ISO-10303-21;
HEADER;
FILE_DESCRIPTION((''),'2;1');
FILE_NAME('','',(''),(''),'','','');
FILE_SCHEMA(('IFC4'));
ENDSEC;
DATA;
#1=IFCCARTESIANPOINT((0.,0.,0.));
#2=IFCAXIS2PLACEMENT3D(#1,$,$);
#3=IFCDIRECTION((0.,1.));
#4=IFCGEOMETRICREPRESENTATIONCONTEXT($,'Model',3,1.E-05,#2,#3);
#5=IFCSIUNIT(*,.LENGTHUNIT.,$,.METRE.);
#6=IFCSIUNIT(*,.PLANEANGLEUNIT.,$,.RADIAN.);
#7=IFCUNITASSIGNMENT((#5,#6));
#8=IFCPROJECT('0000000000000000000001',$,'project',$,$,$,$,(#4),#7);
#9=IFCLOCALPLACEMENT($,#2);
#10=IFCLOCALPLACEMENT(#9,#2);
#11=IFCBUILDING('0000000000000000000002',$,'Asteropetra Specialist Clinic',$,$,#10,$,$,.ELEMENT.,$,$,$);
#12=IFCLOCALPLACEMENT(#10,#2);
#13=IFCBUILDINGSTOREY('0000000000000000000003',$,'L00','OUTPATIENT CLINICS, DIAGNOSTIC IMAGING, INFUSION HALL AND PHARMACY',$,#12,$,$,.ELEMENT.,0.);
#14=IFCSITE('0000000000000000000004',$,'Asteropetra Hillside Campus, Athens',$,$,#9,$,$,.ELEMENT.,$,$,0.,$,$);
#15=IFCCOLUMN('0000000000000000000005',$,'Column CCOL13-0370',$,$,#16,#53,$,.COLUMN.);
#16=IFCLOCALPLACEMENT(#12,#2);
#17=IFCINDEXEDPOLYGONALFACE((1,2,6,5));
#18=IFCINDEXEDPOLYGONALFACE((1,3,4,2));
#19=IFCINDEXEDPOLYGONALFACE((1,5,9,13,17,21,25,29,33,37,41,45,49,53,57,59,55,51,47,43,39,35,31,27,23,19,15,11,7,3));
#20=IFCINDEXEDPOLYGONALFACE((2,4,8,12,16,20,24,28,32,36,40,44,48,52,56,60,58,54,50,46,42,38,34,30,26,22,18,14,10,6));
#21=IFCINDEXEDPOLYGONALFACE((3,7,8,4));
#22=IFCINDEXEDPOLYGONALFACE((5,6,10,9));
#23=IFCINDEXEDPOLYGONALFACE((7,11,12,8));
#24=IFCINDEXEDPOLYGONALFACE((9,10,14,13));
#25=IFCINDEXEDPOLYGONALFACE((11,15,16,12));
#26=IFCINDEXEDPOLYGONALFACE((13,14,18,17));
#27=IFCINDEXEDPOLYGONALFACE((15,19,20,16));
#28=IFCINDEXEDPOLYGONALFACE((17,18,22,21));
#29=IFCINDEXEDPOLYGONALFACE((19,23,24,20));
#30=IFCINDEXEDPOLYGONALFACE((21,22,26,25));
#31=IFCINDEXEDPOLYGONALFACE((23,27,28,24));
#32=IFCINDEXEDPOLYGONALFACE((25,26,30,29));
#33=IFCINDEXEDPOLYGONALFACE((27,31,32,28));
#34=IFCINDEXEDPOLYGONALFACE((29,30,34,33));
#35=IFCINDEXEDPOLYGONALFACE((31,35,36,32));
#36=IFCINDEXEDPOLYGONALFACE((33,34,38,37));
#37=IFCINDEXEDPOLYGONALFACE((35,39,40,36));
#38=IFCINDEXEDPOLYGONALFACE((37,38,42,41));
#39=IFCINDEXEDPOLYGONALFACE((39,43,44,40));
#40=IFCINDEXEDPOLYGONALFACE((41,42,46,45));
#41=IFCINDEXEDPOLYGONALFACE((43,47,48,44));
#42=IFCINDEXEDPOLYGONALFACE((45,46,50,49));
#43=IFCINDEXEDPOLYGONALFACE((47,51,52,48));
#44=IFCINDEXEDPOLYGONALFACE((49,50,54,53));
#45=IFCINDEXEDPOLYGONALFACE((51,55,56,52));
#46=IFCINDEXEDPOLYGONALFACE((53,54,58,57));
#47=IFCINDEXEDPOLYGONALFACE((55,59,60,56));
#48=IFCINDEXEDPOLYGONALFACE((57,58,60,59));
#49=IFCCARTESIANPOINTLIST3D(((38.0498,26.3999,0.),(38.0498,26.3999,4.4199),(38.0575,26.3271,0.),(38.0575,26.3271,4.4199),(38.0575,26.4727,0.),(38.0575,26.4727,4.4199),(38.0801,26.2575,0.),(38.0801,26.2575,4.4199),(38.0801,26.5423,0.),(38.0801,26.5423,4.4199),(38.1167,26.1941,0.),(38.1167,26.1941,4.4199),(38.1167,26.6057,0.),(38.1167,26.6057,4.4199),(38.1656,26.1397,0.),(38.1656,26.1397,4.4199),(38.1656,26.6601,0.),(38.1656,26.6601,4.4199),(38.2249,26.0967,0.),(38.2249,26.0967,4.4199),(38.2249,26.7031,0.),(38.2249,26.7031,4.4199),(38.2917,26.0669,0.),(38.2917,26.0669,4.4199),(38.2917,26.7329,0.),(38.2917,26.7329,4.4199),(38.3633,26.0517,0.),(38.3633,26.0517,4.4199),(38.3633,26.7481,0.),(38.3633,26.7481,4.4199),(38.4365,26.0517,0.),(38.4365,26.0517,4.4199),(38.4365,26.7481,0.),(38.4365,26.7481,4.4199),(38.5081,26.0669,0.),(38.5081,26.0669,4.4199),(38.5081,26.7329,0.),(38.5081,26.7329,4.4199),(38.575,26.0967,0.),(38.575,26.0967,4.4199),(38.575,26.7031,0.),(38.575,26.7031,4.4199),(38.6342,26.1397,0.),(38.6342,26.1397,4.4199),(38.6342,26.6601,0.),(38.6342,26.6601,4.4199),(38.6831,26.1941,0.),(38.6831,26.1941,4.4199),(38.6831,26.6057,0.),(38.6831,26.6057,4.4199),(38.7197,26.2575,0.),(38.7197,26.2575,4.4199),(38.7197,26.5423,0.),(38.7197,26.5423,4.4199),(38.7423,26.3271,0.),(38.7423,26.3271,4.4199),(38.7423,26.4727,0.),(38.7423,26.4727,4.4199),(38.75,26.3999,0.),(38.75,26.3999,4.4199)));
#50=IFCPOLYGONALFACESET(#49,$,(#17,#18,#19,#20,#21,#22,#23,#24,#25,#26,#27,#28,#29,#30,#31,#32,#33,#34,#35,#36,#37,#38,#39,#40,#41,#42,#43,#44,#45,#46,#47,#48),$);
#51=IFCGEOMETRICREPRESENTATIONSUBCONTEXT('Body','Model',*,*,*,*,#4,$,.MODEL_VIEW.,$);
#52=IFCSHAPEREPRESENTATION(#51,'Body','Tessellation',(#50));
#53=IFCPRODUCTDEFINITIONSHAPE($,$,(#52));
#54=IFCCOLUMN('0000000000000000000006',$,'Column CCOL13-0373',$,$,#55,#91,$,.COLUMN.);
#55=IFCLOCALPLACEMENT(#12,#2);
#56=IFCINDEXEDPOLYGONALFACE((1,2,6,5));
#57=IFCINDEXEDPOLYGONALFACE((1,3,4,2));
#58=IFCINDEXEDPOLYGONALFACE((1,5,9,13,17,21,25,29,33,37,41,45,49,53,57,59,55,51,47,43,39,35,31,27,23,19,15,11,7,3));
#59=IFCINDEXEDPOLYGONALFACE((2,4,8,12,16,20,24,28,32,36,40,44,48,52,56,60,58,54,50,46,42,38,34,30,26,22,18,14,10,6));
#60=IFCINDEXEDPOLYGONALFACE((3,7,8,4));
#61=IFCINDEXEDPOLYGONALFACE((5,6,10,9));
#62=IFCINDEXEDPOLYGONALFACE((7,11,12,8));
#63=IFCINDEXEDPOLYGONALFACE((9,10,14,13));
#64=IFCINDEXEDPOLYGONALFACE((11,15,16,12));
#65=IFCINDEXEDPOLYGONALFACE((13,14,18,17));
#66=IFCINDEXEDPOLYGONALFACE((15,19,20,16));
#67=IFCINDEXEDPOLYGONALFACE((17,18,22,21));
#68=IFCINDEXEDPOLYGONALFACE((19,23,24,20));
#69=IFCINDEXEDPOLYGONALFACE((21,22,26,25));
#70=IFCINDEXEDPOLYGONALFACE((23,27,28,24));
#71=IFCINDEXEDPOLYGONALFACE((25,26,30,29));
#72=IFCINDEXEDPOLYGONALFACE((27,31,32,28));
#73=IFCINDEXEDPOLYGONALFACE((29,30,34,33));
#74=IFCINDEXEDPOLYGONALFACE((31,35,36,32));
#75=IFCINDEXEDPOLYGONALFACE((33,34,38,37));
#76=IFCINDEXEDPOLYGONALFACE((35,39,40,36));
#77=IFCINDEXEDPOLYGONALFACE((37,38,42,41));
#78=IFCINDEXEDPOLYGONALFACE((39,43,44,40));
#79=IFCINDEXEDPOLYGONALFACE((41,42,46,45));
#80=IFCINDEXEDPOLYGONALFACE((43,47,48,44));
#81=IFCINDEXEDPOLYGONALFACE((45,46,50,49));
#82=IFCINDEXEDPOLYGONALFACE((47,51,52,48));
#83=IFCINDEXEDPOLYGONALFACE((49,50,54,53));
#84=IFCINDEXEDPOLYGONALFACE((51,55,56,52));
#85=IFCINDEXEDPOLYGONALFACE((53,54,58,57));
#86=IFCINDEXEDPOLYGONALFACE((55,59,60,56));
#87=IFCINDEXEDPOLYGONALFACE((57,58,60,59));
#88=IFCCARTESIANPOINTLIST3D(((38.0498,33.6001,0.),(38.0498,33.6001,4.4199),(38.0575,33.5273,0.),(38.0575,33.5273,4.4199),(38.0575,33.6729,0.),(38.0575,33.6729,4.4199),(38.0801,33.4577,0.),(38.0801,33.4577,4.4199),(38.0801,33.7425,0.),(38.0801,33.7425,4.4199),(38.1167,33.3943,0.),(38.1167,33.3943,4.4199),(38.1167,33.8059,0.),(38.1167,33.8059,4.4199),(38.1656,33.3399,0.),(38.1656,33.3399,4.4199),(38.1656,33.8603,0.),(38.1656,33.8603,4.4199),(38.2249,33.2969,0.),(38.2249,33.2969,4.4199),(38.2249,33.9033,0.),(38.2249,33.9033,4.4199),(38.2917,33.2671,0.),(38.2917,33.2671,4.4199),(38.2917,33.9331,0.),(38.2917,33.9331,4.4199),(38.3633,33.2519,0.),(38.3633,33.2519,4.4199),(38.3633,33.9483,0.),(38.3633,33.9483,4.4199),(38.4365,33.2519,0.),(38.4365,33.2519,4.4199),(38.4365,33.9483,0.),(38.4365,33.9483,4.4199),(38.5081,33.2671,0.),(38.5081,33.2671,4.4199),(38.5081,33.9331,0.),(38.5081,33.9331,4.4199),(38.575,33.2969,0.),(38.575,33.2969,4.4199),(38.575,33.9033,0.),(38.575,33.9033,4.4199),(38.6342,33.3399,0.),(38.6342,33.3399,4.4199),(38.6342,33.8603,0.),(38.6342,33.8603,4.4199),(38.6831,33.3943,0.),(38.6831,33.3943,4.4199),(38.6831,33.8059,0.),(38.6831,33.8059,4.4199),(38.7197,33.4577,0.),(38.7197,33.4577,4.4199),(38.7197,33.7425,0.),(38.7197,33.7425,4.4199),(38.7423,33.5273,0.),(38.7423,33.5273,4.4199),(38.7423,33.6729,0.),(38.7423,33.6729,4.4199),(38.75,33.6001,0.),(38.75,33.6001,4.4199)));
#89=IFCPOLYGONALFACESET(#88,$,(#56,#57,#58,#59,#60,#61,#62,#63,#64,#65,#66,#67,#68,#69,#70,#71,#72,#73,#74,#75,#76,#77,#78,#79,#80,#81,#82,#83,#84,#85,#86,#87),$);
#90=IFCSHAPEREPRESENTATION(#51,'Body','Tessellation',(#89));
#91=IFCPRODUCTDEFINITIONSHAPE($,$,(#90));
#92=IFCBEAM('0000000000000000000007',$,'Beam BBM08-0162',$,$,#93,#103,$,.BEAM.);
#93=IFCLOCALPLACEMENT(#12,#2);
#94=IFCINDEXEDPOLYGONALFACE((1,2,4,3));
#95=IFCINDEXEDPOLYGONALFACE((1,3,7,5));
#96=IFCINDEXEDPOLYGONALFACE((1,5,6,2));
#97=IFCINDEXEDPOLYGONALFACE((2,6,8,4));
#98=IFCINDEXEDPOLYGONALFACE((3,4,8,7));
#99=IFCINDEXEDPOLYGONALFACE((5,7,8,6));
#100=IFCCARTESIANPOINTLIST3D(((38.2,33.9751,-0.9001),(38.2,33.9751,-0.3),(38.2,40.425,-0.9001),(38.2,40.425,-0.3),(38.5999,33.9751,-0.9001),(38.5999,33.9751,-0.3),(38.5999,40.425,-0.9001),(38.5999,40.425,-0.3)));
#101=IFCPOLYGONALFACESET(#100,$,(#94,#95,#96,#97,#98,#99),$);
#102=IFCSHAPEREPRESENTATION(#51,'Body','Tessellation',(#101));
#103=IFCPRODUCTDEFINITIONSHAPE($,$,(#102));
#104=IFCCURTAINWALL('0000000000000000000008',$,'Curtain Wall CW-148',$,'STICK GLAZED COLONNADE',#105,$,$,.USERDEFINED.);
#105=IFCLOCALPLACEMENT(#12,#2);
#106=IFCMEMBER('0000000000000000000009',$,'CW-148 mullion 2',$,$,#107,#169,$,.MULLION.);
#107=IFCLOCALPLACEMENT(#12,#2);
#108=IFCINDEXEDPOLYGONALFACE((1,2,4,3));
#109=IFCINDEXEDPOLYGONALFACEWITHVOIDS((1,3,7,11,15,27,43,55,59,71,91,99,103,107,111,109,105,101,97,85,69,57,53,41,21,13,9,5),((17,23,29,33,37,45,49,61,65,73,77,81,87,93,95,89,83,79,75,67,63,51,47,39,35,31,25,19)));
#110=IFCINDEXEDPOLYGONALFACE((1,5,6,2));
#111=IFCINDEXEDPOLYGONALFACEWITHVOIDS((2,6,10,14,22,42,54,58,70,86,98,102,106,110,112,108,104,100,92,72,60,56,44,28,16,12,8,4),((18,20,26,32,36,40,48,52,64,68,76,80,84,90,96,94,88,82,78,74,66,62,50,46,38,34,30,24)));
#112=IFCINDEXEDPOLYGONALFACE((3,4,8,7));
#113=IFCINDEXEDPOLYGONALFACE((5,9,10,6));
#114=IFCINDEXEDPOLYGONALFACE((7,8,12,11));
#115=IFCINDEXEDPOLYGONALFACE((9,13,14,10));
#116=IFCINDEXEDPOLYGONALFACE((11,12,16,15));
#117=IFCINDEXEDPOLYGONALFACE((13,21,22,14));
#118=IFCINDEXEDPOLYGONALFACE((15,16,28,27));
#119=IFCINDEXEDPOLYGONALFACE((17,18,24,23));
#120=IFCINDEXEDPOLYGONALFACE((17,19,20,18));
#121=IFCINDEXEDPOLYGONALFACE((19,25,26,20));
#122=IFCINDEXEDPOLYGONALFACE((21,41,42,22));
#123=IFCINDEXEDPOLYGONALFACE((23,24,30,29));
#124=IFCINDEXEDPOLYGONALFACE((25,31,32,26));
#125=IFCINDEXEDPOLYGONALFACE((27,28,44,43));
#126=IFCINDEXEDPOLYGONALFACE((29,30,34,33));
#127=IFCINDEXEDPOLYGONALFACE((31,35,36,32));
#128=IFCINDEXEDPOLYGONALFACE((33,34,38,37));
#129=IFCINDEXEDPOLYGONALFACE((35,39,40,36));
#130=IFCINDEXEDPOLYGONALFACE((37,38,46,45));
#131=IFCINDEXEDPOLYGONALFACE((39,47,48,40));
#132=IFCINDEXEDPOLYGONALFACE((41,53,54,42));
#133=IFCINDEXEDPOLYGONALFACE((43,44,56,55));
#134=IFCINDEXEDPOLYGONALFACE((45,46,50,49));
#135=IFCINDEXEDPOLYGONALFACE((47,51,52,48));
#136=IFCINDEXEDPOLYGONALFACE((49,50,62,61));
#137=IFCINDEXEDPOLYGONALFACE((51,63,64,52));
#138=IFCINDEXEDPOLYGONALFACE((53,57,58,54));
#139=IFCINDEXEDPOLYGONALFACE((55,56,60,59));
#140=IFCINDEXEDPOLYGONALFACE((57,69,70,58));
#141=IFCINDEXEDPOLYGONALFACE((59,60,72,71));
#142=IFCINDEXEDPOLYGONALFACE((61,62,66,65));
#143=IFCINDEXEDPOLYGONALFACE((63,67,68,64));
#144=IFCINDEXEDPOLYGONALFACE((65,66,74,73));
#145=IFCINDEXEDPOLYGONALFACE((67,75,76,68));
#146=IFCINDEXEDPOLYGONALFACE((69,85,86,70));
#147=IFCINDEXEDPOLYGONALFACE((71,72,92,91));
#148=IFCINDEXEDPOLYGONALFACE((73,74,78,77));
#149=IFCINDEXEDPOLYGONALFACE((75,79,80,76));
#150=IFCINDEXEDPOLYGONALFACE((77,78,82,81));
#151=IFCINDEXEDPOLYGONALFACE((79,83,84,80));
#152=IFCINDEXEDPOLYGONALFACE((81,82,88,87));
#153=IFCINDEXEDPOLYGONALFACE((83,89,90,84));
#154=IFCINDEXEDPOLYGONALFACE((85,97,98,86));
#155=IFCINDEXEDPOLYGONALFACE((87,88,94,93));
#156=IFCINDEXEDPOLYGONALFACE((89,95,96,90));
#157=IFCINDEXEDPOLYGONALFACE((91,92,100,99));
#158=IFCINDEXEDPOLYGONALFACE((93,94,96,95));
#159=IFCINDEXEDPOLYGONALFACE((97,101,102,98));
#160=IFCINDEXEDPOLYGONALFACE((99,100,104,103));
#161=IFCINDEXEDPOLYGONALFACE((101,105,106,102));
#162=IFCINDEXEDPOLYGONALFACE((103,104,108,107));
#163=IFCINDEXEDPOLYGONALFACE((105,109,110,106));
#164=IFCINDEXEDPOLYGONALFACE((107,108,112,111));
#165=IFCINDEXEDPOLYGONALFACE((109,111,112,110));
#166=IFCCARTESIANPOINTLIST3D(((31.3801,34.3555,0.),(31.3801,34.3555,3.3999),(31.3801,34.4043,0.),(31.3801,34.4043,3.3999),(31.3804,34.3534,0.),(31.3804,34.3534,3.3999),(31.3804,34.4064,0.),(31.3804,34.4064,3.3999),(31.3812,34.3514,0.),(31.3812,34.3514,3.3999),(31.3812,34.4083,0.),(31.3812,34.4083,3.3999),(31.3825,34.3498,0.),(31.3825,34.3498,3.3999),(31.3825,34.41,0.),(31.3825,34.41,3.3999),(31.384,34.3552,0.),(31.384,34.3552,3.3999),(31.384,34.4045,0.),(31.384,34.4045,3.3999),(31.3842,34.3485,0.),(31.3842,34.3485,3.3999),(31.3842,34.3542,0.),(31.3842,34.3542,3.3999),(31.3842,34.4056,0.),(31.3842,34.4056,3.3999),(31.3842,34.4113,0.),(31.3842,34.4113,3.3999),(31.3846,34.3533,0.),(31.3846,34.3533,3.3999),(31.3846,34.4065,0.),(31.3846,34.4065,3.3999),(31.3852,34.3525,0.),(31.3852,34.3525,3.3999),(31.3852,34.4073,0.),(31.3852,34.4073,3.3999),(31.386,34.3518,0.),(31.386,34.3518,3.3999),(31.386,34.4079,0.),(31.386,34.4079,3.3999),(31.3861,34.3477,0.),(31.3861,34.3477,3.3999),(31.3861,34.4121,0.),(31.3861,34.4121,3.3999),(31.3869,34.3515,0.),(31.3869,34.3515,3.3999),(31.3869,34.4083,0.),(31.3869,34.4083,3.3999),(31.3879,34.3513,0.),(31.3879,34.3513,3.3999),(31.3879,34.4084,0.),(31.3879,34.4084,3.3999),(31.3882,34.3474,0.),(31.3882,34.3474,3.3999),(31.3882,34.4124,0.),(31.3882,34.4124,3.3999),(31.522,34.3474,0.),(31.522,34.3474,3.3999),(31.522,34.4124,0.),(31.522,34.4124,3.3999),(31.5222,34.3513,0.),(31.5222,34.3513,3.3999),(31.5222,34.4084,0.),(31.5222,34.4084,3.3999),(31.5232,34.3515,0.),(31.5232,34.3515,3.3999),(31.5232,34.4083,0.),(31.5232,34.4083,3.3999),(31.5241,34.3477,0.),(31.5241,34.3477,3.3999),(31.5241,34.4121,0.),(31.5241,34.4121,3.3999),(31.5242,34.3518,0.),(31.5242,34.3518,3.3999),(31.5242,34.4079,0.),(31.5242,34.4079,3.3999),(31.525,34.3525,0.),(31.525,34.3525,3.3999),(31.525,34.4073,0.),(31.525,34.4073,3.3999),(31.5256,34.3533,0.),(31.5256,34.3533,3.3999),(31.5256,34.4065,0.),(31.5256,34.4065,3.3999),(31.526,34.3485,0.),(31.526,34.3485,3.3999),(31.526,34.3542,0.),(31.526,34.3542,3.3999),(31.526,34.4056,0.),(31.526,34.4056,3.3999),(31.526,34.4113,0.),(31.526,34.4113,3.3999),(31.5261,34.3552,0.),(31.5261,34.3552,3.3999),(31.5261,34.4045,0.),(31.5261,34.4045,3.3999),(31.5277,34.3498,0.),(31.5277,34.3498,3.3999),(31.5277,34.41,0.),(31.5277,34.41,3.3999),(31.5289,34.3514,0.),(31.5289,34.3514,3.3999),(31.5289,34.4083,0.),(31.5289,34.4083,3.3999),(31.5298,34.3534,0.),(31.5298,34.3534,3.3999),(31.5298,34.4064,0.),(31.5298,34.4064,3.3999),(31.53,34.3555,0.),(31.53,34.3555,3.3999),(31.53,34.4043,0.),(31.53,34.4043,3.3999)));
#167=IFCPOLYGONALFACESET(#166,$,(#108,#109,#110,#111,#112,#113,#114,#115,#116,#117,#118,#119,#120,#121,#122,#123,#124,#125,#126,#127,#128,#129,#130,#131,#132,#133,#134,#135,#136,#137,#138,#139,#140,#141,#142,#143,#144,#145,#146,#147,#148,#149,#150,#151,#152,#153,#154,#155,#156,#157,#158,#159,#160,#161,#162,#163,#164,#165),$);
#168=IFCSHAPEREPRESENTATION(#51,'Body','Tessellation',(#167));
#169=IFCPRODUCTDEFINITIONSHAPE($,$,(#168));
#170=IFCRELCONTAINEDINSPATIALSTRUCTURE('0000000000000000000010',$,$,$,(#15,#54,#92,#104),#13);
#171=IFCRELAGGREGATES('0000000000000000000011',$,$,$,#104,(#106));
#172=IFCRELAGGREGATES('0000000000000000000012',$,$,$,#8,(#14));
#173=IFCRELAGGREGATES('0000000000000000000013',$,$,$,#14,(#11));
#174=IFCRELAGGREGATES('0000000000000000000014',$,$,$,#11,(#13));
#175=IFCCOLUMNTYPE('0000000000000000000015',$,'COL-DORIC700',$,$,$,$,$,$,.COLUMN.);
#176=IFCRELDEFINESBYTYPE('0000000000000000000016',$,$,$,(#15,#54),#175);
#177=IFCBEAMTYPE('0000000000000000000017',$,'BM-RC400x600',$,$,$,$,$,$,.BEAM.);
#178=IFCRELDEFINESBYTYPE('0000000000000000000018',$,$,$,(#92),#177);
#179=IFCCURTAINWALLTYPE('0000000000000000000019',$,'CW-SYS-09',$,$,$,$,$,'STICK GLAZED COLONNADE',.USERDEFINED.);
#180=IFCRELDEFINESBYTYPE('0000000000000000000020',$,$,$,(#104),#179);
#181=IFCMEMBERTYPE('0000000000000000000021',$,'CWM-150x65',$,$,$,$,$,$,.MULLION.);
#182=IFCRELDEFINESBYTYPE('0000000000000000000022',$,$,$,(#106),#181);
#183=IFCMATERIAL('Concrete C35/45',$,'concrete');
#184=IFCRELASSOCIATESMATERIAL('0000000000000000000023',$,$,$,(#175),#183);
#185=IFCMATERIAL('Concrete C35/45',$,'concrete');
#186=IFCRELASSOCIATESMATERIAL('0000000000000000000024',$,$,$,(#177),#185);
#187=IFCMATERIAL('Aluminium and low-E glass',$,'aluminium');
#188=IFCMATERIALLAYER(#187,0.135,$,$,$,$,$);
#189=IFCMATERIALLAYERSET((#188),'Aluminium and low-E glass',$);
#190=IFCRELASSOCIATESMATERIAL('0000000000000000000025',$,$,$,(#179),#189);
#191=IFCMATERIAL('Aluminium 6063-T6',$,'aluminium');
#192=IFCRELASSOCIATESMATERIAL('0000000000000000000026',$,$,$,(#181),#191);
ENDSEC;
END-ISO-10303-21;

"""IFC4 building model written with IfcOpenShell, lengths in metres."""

from ifc_helpers import new_model, si_unit, direction, frame, origin, origin_2d, place, context, subcontext, project, spatial, rectangle, hollow_rectangle, circle, extrude, material, layer, layer_set, material_profile, profile_set, type_object, element, aggregate, save


model = new_model("IFC4")

# Units and contexts
model_context = context("Model", 3, precision=1e-05, world=origin(), true_north=direction((0.0, 1.0)))
body_context = subcontext(model_context, "Body", "Model", "MODEL_VIEW")
ifc_project = project(units=[si_unit("LENGTHUNIT", "METRE"), si_unit("PLANEANGLEUNIT", "RADIAN")], contexts=[model_context])

# Site, building, storey
site_placement = place(None, origin())
site = spatial("IfcSite", under=ifc_project, at=site_placement, Name="Asteropetra Hillside Campus, Athens", CompositionType="ELEMENT", RefElevation=0.0)
building_placement = place(site_placement, origin())
building = spatial("IfcBuilding", under=site, at=building_placement, Name="Asteropetra Specialist Clinic", CompositionType="ELEMENT")
storey_placement = place(building_placement, origin())
storey = spatial("IfcBuildingStorey", under=building, at=storey_placement, Name="L00", Description="OUTPATIENT CLINICS, DIAGNOSTIC IMAGING, INFUSION HALL AND PHARMACY", CompositionType="ELEMENT", Elevation=0.0)

# Columns
ifc_material_1 = material(Name="Concrete C35/45", Category="concrete")
ifc_material_profile_1 = material_profile(ifc_material_1, circle(Radius=0.3501, at=origin_2d()), Name="RCC D700")
ifc_profile_set_1 = profile_set([ifc_material_profile_1], Name="Concrete C35/45")
column_type = type_object("IfcColumnType", Name="COL-DORIC700", PredefinedType="COLUMN", material=ifc_profile_set_1)
for number, where, z_axis, x_axis, name in (
    (1, (38.3999, 26.3999, 0.0), (0.0, 0.0, 1.0), (1.0, 0.0, 0.0), "Column CCOL13-0370"),
    (2, (38.3999, 33.6001, 0.0), (0.0, 0.0, 1.0), (1.0, 0.0, 0.0), "Column CCOL13-0373"),
):
    element("IfcColumn", number, at=place(storey_placement, frame(where, z_axis=z_axis, x_axis=x_axis)), inside=storey, type_object=column_type, Name=name, PredefinedType="COLUMN", context=body_context, shape_type="SweptSolid", body=[
        extrude(circle(Radius=0.3501, at=origin_2d()), origin(), (0.0, 0.0, 1.0), 4.4199),
    ])

# Beam
ifc_material_2 = material(Name="Concrete C35/45", Category="concrete")
ifc_material_profile_2 = material_profile(ifc_material_2, rectangle(XDim=0.3999, YDim=0.6001, at=origin_2d()), Name="RCB 400x600")
ifc_profile_set_2 = profile_set([ifc_material_profile_2], Name="Concrete C35/45")
beam_type_1 = type_object("IfcBeamType", Name="BM-RC400x600", PredefinedType="BEAM", material=ifc_profile_set_2)
beam_placement = place(storey_placement, frame((38.3999, 33.9751, -0.6001), z_axis=(0.0, 1.0, 0.0), x_axis=(-1.0, 0.0, 0.0)))
element("IfcBeam", 3, at=beam_placement, inside=storey, type_object=beam_type_1, Name="Beam BBM08-0162", PredefinedType="BEAM", context=body_context, shape_type="SweptSolid", body=[
    extrude(rectangle(XDim=0.3999, YDim=0.6001, at=origin_2d()), origin(), (0.0, 0.0, 1.0), 6.45),
])

# Curtain wall, member
ifc_material_3 = material(Name="Aluminium and low-E glass", Category="aluminium")
ifc_layer_1 = layer(ifc_material_3, 0.135)
ifc_layer_set_1 = layer_set([ifc_layer_1], Name="Aluminium and low-E glass")
curtain_wall_type = type_object("IfcCurtainWallType", Name="CW-SYS-09", ElementType="STICK GLAZED COLONNADE", PredefinedType="USERDEFINED", material=ifc_layer_set_1)
curtain_wall_placement = place(storey_placement, origin())
curtain_wall = element("IfcCurtainWall", 4, at=curtain_wall_placement, inside=storey, type_object=curtain_wall_type, Name="Curtain Wall CW-148", ObjectType="STICK GLAZED COLONNADE", PredefinedType="USERDEFINED")
ifc_material_4 = material(Name="Aluminium 6063-T6", Category="aluminium")
ifc_material_profile_3 = material_profile(ifc_material_4, hollow_rectangle(XDim=0.0649, YDim=0.1499, WallThickness=0.0039, InnerFilletRadius=0.0039, OuterFilletRadius=0.0081, at=origin_2d()), Name="MUL 150x65x4.0")
ifc_profile_set_3 = profile_set([ifc_material_profile_3], Name="Aluminium 6063-T6")
member_type_1 = type_object("IfcMemberType", Name="CWM-150x65", PredefinedType="MULLION", material=ifc_profile_set_3)
member_1_placement = place(storey_placement, frame((31.4551, 34.3799, 0.0), z_axis=(0.0, 0.0, 1.0), x_axis=(0.0, 1.0, 0.0)))
member_1 = element("IfcMember", 5, at=member_1_placement, type_object=member_type_1, Name="CW-148 mullion 2", PredefinedType="MULLION", context=body_context, shape_type="SweptSolid", body=[
    extrude(hollow_rectangle(XDim=0.0649, YDim=0.1499, WallThickness=0.0039, InnerFilletRadius=0.0039, OuterFilletRadius=0.0081, at=origin_2d()), origin(), (0.0, 0.0, 1.0), 3.3999),
])

aggregate(curtain_wall, [member_1])

save(model, "model.ifc")
